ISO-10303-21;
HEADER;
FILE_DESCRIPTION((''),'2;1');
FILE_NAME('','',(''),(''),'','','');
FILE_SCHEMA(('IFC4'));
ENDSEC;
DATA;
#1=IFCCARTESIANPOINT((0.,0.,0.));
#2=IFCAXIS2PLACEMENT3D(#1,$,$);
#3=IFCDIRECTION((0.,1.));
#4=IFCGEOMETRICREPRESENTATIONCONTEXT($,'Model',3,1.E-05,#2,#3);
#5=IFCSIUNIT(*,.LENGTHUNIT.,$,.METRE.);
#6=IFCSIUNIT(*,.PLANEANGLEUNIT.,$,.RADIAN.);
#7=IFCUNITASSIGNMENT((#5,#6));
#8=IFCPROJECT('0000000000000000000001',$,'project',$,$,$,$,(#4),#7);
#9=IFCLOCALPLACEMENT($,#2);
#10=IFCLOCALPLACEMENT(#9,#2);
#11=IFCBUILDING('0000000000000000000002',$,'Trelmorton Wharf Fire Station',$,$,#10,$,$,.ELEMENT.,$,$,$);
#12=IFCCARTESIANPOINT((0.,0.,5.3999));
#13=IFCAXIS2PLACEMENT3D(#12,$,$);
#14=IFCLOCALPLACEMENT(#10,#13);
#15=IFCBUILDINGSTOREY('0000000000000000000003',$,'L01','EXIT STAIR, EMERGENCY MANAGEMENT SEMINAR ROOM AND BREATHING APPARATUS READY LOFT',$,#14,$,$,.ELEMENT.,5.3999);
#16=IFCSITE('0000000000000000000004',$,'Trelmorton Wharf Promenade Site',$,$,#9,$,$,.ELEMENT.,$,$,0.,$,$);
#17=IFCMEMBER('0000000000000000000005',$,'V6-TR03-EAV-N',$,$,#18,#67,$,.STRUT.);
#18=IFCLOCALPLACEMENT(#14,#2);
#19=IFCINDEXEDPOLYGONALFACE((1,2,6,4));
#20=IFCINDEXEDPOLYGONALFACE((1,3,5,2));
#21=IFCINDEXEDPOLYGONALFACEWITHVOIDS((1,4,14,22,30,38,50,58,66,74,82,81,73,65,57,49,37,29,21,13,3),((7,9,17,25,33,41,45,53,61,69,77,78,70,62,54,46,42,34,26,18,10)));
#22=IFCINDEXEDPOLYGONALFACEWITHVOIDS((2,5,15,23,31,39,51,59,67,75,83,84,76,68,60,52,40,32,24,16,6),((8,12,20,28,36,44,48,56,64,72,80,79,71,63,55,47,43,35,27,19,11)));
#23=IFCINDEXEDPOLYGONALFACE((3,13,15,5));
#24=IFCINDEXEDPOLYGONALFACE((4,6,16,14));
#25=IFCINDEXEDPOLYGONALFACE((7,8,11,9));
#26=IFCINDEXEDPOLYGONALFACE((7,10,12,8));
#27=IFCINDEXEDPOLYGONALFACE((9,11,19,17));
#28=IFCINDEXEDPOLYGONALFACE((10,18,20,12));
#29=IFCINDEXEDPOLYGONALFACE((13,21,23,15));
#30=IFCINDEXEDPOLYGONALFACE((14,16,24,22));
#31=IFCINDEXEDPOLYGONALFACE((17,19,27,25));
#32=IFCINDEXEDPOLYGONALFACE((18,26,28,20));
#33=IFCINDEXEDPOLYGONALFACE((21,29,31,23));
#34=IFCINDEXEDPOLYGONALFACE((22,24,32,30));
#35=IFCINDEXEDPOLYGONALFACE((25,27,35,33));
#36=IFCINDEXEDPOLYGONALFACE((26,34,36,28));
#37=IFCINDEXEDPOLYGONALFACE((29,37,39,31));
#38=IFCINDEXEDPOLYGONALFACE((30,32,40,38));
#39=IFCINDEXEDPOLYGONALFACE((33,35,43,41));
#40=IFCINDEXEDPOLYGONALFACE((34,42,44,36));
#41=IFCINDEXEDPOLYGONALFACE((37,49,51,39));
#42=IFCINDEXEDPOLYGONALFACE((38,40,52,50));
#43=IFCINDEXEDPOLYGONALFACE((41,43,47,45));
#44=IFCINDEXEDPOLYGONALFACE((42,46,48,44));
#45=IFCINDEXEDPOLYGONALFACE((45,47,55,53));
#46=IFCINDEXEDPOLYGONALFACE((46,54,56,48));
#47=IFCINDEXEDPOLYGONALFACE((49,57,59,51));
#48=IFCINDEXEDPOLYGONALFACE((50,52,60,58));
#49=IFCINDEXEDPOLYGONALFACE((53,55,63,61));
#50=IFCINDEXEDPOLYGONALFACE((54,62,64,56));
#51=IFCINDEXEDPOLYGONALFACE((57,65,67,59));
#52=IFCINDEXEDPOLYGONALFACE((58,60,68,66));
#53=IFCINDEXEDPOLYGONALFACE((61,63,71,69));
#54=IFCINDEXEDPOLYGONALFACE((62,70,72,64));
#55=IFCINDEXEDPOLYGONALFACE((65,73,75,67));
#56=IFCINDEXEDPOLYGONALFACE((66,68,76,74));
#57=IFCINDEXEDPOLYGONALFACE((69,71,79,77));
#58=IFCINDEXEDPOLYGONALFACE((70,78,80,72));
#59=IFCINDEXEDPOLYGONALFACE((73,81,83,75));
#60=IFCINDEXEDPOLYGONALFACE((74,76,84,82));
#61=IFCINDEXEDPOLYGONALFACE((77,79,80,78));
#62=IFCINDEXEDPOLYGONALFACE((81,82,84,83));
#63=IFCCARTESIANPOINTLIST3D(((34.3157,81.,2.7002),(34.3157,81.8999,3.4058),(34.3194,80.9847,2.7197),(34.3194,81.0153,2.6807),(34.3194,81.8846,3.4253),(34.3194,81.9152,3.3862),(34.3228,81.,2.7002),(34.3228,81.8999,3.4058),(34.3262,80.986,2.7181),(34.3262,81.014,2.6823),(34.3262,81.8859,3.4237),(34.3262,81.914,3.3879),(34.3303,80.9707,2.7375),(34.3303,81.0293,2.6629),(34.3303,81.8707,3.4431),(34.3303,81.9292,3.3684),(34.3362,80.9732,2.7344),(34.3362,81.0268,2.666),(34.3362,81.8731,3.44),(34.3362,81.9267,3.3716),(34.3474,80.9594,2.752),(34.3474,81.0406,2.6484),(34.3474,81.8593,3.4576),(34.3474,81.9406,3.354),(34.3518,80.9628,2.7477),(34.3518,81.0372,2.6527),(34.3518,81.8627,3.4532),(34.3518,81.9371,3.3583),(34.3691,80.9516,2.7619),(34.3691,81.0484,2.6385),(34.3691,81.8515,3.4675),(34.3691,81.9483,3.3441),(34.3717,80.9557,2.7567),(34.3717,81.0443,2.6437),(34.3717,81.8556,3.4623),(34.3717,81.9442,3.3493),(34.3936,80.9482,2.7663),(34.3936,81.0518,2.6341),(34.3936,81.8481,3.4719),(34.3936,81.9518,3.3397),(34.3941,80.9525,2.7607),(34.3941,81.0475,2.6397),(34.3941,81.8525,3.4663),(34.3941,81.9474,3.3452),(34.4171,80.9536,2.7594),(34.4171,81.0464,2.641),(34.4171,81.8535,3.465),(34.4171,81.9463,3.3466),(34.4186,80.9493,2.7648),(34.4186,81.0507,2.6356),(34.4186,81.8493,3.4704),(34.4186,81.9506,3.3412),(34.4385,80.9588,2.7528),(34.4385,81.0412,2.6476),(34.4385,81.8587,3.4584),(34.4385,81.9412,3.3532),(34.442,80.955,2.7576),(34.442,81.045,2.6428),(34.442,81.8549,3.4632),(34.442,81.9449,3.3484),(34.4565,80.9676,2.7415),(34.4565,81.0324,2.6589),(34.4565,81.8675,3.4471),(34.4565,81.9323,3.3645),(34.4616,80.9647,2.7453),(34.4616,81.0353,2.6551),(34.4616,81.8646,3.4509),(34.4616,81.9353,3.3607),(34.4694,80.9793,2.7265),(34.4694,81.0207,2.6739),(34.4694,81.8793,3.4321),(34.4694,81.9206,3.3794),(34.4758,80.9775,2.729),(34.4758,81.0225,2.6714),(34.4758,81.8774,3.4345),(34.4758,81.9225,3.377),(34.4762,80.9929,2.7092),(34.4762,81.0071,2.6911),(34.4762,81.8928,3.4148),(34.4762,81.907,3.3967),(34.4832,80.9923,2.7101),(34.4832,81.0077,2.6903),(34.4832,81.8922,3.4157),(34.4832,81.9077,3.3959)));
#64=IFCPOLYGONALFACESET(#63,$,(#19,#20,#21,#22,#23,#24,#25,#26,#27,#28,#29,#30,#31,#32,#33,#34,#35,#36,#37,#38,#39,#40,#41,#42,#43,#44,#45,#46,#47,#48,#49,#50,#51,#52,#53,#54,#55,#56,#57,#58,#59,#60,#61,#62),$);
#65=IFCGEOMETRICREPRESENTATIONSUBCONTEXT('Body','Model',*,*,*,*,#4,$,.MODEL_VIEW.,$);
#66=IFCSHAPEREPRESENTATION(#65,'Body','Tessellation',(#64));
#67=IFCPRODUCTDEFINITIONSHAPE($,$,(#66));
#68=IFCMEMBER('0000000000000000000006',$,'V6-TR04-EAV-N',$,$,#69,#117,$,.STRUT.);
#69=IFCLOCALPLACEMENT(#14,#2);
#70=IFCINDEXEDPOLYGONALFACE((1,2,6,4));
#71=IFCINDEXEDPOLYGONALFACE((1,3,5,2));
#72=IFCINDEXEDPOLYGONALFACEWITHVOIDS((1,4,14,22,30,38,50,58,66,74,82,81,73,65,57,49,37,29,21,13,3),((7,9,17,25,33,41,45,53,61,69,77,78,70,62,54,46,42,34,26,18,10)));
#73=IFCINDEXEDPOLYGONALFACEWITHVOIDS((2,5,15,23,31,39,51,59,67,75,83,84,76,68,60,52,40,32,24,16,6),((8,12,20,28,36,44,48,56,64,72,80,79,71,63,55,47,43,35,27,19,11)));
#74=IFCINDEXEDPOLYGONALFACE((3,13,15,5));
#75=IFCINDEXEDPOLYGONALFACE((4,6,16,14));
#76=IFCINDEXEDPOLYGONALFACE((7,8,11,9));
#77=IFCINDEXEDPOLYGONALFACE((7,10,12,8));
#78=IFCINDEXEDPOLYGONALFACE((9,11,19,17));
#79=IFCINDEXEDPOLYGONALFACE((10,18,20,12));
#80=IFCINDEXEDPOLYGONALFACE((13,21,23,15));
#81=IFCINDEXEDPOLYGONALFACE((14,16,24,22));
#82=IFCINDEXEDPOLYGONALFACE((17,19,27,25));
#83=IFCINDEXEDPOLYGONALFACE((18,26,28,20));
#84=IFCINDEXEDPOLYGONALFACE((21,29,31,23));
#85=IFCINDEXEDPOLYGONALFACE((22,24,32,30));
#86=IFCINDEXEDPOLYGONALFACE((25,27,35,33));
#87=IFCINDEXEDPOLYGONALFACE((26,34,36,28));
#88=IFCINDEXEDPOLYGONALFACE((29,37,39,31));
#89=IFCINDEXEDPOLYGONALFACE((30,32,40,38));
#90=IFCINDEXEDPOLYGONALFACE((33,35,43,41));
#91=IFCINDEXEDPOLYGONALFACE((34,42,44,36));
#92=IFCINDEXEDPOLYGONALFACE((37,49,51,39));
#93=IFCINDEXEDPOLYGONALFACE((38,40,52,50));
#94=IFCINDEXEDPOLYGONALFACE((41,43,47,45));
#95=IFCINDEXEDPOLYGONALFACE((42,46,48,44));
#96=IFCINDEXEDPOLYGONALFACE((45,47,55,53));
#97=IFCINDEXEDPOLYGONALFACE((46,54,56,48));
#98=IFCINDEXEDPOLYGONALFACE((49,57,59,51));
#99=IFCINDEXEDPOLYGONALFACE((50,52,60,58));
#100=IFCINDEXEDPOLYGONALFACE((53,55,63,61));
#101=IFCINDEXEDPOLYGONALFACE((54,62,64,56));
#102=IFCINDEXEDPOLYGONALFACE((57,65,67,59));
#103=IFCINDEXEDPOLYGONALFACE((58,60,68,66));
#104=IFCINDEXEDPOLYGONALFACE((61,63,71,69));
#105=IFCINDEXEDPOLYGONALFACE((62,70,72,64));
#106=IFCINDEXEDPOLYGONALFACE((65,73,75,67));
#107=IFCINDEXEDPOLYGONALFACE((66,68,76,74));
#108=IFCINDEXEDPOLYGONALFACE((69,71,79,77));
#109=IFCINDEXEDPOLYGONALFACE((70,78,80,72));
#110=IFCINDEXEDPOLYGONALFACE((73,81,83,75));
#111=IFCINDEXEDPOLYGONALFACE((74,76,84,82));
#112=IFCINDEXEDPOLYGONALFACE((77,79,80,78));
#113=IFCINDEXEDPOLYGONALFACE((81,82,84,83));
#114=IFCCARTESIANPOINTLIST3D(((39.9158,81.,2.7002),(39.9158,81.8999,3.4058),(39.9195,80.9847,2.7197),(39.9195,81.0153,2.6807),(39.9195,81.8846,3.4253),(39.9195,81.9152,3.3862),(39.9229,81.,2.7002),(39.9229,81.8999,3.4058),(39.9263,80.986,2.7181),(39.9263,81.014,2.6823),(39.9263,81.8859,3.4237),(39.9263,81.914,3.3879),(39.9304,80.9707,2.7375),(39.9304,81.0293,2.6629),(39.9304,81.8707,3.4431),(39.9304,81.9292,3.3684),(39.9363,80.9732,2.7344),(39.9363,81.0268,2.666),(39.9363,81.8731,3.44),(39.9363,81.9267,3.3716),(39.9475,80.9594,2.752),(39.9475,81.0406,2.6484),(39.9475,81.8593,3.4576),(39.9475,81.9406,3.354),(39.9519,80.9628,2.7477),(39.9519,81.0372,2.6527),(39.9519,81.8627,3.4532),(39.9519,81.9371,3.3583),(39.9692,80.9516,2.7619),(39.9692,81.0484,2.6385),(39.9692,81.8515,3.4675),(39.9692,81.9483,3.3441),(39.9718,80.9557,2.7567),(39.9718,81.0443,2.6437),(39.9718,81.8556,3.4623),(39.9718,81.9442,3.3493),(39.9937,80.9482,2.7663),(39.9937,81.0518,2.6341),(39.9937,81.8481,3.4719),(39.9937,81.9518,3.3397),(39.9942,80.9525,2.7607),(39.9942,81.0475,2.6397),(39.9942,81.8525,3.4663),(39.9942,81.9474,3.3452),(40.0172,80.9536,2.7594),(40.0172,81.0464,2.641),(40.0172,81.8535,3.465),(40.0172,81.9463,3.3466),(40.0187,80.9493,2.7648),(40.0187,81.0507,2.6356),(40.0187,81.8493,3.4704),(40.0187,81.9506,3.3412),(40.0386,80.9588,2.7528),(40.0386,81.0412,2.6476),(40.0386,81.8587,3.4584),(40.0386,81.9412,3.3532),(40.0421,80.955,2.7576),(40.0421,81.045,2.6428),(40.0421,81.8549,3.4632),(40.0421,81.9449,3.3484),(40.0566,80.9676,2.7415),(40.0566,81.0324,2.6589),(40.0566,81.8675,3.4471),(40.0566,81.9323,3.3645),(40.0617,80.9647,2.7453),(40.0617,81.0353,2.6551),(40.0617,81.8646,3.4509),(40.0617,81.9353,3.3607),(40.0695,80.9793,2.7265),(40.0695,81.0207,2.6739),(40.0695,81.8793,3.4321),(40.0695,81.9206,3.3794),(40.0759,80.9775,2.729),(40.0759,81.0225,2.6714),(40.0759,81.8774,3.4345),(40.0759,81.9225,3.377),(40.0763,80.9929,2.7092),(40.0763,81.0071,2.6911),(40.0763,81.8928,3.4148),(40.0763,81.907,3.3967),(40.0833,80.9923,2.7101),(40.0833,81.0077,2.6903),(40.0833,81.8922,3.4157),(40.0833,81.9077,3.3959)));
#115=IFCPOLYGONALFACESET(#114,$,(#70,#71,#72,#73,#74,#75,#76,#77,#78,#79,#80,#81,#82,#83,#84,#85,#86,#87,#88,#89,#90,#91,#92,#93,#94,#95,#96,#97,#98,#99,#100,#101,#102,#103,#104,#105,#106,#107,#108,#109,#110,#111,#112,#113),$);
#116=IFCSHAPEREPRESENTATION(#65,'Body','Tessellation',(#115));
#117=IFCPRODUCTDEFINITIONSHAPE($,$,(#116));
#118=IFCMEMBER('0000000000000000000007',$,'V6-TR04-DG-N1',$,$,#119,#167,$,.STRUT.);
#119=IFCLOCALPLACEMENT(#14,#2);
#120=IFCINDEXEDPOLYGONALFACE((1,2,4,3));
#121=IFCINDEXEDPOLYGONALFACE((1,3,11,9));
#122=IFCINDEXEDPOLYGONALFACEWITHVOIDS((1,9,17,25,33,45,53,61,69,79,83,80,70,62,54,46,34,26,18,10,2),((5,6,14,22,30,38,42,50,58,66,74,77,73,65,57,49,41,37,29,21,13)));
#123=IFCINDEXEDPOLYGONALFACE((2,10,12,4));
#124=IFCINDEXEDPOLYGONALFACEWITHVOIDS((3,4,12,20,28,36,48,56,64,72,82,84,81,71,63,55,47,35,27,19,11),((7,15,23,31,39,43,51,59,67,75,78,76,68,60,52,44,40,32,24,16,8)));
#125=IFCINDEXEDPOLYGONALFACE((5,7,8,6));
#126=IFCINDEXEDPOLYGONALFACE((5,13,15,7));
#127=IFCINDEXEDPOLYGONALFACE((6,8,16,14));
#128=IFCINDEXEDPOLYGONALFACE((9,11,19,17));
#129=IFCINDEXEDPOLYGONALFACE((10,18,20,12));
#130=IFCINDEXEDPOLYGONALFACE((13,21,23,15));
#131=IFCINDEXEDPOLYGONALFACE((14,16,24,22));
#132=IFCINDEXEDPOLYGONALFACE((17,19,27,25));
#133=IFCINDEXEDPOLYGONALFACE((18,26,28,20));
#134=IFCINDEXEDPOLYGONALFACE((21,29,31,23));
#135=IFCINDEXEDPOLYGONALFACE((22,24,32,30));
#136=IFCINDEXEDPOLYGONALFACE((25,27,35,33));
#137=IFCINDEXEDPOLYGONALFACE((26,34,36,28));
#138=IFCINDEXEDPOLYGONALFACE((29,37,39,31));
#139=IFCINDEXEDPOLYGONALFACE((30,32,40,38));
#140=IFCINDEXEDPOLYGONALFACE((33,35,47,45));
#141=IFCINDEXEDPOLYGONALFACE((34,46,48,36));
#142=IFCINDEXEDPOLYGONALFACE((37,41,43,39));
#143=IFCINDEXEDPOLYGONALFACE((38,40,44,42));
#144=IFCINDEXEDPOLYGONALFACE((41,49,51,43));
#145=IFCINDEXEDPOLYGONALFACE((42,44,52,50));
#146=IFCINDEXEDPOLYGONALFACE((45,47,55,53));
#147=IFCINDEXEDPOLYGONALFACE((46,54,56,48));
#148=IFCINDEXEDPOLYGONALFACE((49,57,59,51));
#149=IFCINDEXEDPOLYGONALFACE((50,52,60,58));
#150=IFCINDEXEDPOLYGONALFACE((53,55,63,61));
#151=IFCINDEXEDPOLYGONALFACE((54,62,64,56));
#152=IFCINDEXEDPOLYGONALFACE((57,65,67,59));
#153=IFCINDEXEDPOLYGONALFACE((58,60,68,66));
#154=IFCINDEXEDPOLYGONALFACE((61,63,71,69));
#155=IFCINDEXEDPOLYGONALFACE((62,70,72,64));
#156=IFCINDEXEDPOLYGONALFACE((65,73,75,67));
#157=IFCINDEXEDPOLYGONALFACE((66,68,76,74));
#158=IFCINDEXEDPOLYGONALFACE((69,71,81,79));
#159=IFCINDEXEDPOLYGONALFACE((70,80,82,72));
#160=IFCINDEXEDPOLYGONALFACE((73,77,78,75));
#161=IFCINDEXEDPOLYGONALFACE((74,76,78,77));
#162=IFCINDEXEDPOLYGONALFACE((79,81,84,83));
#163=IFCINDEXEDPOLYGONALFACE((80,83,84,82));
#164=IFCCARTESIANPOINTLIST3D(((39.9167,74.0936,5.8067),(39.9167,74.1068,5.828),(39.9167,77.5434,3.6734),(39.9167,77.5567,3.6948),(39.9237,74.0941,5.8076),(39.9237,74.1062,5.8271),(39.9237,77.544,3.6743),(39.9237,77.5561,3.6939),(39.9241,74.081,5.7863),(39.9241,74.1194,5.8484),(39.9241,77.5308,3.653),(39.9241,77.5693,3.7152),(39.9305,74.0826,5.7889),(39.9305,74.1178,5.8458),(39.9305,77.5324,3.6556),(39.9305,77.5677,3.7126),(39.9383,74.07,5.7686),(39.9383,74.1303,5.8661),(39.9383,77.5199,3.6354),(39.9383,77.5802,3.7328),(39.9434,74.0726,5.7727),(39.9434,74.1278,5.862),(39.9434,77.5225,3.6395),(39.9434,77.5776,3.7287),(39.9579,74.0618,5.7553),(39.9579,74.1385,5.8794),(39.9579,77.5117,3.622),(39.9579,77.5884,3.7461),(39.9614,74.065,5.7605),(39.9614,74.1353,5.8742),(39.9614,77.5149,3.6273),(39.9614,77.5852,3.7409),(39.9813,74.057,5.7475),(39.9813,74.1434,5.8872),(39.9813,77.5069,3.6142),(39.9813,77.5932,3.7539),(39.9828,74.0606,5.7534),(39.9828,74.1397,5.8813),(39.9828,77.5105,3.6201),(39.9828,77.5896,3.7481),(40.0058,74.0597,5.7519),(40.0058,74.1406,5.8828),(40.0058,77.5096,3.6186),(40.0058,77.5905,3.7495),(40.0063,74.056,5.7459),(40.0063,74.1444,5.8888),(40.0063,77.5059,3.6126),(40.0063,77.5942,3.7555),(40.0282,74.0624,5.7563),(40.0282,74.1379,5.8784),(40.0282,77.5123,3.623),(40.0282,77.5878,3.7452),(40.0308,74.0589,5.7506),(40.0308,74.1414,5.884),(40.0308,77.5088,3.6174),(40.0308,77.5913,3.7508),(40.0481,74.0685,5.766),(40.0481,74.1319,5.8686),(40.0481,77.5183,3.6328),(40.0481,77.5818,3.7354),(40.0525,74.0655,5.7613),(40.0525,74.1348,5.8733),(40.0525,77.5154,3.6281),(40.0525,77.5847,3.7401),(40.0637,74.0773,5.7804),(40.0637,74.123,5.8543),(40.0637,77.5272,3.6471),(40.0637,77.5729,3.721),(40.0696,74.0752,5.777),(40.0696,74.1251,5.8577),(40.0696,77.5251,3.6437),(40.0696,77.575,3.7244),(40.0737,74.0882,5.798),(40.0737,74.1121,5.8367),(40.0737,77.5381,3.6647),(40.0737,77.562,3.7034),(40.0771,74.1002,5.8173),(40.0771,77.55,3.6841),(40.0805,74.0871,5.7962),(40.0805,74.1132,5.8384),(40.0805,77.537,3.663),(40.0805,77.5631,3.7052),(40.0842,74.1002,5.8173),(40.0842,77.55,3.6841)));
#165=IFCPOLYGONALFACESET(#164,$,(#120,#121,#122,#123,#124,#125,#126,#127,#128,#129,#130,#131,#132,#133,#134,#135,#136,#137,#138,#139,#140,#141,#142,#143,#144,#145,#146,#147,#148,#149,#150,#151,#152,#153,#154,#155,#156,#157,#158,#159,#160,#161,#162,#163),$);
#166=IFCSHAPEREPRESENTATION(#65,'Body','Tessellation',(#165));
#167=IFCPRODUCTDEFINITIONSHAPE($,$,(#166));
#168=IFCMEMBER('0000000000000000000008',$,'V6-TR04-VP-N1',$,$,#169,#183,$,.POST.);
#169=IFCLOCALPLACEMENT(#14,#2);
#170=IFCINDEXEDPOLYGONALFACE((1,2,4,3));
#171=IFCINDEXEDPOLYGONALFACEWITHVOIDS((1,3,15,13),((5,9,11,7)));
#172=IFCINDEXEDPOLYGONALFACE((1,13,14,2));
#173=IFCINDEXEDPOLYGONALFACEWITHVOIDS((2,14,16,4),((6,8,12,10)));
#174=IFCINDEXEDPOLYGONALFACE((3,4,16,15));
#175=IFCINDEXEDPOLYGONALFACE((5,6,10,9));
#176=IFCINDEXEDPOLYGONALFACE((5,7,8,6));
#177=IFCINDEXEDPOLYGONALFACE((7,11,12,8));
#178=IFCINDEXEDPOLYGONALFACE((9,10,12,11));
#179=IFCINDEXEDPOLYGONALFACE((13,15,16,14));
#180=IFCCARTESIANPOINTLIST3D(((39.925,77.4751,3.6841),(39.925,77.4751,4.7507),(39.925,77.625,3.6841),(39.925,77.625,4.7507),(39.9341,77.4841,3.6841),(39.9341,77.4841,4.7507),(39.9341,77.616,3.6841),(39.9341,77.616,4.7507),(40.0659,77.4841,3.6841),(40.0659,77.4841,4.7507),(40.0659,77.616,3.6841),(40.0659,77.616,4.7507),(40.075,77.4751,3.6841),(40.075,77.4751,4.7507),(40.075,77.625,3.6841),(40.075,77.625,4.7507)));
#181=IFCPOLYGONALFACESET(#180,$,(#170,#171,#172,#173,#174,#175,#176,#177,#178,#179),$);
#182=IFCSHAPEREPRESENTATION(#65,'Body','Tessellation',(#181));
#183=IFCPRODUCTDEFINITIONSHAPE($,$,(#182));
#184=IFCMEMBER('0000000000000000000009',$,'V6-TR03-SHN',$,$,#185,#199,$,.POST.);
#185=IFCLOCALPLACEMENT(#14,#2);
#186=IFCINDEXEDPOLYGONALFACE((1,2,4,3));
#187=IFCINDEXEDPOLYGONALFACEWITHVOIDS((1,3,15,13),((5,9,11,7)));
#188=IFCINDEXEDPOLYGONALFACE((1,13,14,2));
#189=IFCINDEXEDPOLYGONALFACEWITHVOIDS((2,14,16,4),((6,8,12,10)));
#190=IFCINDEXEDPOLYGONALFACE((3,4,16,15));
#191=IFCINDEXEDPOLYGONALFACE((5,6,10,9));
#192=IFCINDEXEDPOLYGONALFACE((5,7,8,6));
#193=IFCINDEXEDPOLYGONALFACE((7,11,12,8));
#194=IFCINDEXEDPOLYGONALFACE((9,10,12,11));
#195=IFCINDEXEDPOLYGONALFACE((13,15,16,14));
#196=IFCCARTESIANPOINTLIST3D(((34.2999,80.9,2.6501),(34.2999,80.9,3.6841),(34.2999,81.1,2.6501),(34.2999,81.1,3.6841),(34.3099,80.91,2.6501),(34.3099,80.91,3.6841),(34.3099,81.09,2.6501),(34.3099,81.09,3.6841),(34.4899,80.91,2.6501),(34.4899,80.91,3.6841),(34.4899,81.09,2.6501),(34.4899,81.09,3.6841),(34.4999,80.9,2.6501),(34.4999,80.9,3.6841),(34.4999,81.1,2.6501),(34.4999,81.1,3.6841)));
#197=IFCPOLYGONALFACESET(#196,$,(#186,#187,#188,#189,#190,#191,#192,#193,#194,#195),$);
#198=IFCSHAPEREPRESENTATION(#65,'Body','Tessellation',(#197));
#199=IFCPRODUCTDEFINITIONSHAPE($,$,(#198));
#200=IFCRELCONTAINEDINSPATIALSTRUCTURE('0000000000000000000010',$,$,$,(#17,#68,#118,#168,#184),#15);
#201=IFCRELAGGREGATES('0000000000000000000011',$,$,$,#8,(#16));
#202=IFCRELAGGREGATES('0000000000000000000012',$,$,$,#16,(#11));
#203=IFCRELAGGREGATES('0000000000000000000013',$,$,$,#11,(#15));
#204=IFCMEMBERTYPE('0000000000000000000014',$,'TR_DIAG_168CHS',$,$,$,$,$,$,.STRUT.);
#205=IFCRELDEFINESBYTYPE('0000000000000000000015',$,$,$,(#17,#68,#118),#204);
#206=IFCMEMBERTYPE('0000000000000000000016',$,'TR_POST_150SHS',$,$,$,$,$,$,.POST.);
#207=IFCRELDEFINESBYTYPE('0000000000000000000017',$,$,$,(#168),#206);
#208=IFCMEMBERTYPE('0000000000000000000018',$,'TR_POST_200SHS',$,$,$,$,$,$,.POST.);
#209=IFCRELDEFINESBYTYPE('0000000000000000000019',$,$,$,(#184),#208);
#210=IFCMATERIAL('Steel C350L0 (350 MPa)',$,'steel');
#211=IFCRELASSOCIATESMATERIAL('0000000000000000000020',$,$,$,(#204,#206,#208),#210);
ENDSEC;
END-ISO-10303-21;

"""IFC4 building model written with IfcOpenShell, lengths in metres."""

from ifc_helpers import new_model, si_unit, direction, frame, origin, origin_2d, place, context, subcontext, project, spatial, hollow_rectangle, hollow_circle, extrude, material, material_profile, profile_set, type_object, element, save


model = new_model("IFC4")

# Units and contexts
model_context = context("Model", 3, precision=1e-05, world=origin(), true_north=direction((0.0, 1.0)))
body_context = subcontext(model_context, "Body", "Model", "MODEL_VIEW")
ifc_project = project(units=[si_unit("LENGTHUNIT", "METRE"), si_unit("PLANEANGLEUNIT", "RADIAN")], contexts=[model_context])

# Site, building, storey
site_placement = place(None, origin())
site = spatial("IfcSite", under=ifc_project, at=site_placement, Name="Trelmorton Wharf Promenade Site", CompositionType="ELEMENT", RefElevation=0.0)
building_placement = place(site_placement, origin())
building = spatial("IfcBuilding", under=site, at=building_placement, Name="Trelmorton Wharf Fire Station", CompositionType="ELEMENT")
storey_placement = place(building_placement, frame((0.0, 0.0, 5.3999)))
storey = spatial("IfcBuildingStorey", under=building, at=storey_placement, Name="L01", Description="EXIT STAIR, EMERGENCY MANAGEMENT SEMINAR ROOM AND BREATHING APPARATUS READY LOFT", CompositionType="ELEMENT", Elevation=5.3999)

# Shared definitions
ifc_material_1 = material(Name="Steel C350L0 (350 MPa)", Category="steel")

# Members
ifc_material_profile_1 = material_profile(ifc_material_1, hollow_circle(Radius=0.0842, WallThickness=0.0071, at=origin_2d()), Name="168.3x7.1CHS")
ifc_profile_set_1 = profile_set([ifc_material_profile_1], Name="Steel C350L0 (350 MPa)")
member_type_1 = type_object("IfcMemberType", Name="TR_DIAG_168CHS", PredefinedType="STRUT", material=ifc_profile_set_1)
for number, where, z_axis, x_axis, name in (
    (1, (34.3999, 81.0, 2.7002), (0.0, 0.786955, 0.61701), (-1.0, 0.0, 0.0), "V6-TR03-EAV-N"),
    (2, (40.0, 81.0, 2.7002), (0.0, 0.786955, 0.61701), (-1.0, 0.0, 0.0), "V6-TR04-EAV-N"),
):
    element("IfcMember", number, at=place(storey_placement, frame(where, z_axis=z_axis, x_axis=x_axis)), inside=storey, type_object=member_type_1, Name=name, PredefinedType="STRUT", context=body_context, shape_type="SweptSolid", body=[
        extrude(hollow_circle(Radius=0.0842, WallThickness=0.0071, at=origin_2d()), origin(), (0.0, 0.0, 1.0), 1.1436),
    ])
member_1_placement = place(storey_placement, frame((40.0, 77.55, 3.6841), z_axis=(0.0, -0.850528, 0.52593), x_axis=(1.0, 0.0, 0.0)))
element("IfcMember", 3, at=member_1_placement, inside=storey, type_object=member_type_1, Name="V6-TR04-DG-N1", PredefinedType="STRUT", context=body_context, shape_type="SweptSolid", body=[
    extrude(hollow_circle(Radius=0.0842, WallThickness=0.0071, at=origin_2d()), origin(), (0.0, 0.0, 1.0), 4.0562),
])
ifc_material_profile_2 = material_profile(ifc_material_1, hollow_rectangle(XDim=0.1499, YDim=0.1499, WallThickness=0.009, at=origin_2d()), Name="150x150x9.0SHS")
ifc_profile_set_2 = profile_set([ifc_material_profile_2], Name="Steel C350L0 (350 MPa)")
member_type_2 = type_object("IfcMemberType", Name="TR_POST_150SHS", PredefinedType="POST", material=ifc_profile_set_2)
member_2_placement = place(storey_placement, frame((40.0, 77.55, 3.6841), z_axis=(0.0, 0.0, 1.0), x_axis=(1.0, 0.0, 0.0)))
element("IfcMember", 4, at=member_2_placement, inside=storey, type_object=member_type_2, Name="V6-TR04-VP-N1", PredefinedType="POST", context=body_context, shape_type="SweptSolid", body=[
    extrude(hollow_rectangle(XDim=0.1499, YDim=0.1499, WallThickness=0.009, at=origin_2d()), origin(), (0.0, 0.0, 1.0), 1.0667),
])
ifc_material_profile_3 = material_profile(ifc_material_1, hollow_rectangle(XDim=0.2, YDim=0.2, WallThickness=0.01, at=origin_2d()), Name="200x200x10.0SHS")
ifc_profile_set_3 = profile_set([ifc_material_profile_3], Name="Steel C350L0 (350 MPa)")
member_type_3 = type_object("IfcMemberType", Name="TR_POST_200SHS", PredefinedType="POST", material=ifc_profile_set_3)
for number, where, z_axis, x_axis, name in (
    (5, (34.3999, 81.0, 2.6501), (0.0, 0.0, 1.0), (1.0, 0.0, 0.0), "V6-TR03-SHN"),
):
    element("IfcMember", number, at=place(storey_placement, frame(where, z_axis=z_axis, x_axis=x_axis)), inside=storey, type_object=member_type_3, Name=name, PredefinedType="POST", context=body_context, shape_type="SweptSolid", body=[
        extrude(hollow_rectangle(XDim=0.2, YDim=0.2, WallThickness=0.01, at=origin_2d()), origin(), (0.0, 0.0, 1.0), 1.0339),
    ])

save(model, "model.ifc")
